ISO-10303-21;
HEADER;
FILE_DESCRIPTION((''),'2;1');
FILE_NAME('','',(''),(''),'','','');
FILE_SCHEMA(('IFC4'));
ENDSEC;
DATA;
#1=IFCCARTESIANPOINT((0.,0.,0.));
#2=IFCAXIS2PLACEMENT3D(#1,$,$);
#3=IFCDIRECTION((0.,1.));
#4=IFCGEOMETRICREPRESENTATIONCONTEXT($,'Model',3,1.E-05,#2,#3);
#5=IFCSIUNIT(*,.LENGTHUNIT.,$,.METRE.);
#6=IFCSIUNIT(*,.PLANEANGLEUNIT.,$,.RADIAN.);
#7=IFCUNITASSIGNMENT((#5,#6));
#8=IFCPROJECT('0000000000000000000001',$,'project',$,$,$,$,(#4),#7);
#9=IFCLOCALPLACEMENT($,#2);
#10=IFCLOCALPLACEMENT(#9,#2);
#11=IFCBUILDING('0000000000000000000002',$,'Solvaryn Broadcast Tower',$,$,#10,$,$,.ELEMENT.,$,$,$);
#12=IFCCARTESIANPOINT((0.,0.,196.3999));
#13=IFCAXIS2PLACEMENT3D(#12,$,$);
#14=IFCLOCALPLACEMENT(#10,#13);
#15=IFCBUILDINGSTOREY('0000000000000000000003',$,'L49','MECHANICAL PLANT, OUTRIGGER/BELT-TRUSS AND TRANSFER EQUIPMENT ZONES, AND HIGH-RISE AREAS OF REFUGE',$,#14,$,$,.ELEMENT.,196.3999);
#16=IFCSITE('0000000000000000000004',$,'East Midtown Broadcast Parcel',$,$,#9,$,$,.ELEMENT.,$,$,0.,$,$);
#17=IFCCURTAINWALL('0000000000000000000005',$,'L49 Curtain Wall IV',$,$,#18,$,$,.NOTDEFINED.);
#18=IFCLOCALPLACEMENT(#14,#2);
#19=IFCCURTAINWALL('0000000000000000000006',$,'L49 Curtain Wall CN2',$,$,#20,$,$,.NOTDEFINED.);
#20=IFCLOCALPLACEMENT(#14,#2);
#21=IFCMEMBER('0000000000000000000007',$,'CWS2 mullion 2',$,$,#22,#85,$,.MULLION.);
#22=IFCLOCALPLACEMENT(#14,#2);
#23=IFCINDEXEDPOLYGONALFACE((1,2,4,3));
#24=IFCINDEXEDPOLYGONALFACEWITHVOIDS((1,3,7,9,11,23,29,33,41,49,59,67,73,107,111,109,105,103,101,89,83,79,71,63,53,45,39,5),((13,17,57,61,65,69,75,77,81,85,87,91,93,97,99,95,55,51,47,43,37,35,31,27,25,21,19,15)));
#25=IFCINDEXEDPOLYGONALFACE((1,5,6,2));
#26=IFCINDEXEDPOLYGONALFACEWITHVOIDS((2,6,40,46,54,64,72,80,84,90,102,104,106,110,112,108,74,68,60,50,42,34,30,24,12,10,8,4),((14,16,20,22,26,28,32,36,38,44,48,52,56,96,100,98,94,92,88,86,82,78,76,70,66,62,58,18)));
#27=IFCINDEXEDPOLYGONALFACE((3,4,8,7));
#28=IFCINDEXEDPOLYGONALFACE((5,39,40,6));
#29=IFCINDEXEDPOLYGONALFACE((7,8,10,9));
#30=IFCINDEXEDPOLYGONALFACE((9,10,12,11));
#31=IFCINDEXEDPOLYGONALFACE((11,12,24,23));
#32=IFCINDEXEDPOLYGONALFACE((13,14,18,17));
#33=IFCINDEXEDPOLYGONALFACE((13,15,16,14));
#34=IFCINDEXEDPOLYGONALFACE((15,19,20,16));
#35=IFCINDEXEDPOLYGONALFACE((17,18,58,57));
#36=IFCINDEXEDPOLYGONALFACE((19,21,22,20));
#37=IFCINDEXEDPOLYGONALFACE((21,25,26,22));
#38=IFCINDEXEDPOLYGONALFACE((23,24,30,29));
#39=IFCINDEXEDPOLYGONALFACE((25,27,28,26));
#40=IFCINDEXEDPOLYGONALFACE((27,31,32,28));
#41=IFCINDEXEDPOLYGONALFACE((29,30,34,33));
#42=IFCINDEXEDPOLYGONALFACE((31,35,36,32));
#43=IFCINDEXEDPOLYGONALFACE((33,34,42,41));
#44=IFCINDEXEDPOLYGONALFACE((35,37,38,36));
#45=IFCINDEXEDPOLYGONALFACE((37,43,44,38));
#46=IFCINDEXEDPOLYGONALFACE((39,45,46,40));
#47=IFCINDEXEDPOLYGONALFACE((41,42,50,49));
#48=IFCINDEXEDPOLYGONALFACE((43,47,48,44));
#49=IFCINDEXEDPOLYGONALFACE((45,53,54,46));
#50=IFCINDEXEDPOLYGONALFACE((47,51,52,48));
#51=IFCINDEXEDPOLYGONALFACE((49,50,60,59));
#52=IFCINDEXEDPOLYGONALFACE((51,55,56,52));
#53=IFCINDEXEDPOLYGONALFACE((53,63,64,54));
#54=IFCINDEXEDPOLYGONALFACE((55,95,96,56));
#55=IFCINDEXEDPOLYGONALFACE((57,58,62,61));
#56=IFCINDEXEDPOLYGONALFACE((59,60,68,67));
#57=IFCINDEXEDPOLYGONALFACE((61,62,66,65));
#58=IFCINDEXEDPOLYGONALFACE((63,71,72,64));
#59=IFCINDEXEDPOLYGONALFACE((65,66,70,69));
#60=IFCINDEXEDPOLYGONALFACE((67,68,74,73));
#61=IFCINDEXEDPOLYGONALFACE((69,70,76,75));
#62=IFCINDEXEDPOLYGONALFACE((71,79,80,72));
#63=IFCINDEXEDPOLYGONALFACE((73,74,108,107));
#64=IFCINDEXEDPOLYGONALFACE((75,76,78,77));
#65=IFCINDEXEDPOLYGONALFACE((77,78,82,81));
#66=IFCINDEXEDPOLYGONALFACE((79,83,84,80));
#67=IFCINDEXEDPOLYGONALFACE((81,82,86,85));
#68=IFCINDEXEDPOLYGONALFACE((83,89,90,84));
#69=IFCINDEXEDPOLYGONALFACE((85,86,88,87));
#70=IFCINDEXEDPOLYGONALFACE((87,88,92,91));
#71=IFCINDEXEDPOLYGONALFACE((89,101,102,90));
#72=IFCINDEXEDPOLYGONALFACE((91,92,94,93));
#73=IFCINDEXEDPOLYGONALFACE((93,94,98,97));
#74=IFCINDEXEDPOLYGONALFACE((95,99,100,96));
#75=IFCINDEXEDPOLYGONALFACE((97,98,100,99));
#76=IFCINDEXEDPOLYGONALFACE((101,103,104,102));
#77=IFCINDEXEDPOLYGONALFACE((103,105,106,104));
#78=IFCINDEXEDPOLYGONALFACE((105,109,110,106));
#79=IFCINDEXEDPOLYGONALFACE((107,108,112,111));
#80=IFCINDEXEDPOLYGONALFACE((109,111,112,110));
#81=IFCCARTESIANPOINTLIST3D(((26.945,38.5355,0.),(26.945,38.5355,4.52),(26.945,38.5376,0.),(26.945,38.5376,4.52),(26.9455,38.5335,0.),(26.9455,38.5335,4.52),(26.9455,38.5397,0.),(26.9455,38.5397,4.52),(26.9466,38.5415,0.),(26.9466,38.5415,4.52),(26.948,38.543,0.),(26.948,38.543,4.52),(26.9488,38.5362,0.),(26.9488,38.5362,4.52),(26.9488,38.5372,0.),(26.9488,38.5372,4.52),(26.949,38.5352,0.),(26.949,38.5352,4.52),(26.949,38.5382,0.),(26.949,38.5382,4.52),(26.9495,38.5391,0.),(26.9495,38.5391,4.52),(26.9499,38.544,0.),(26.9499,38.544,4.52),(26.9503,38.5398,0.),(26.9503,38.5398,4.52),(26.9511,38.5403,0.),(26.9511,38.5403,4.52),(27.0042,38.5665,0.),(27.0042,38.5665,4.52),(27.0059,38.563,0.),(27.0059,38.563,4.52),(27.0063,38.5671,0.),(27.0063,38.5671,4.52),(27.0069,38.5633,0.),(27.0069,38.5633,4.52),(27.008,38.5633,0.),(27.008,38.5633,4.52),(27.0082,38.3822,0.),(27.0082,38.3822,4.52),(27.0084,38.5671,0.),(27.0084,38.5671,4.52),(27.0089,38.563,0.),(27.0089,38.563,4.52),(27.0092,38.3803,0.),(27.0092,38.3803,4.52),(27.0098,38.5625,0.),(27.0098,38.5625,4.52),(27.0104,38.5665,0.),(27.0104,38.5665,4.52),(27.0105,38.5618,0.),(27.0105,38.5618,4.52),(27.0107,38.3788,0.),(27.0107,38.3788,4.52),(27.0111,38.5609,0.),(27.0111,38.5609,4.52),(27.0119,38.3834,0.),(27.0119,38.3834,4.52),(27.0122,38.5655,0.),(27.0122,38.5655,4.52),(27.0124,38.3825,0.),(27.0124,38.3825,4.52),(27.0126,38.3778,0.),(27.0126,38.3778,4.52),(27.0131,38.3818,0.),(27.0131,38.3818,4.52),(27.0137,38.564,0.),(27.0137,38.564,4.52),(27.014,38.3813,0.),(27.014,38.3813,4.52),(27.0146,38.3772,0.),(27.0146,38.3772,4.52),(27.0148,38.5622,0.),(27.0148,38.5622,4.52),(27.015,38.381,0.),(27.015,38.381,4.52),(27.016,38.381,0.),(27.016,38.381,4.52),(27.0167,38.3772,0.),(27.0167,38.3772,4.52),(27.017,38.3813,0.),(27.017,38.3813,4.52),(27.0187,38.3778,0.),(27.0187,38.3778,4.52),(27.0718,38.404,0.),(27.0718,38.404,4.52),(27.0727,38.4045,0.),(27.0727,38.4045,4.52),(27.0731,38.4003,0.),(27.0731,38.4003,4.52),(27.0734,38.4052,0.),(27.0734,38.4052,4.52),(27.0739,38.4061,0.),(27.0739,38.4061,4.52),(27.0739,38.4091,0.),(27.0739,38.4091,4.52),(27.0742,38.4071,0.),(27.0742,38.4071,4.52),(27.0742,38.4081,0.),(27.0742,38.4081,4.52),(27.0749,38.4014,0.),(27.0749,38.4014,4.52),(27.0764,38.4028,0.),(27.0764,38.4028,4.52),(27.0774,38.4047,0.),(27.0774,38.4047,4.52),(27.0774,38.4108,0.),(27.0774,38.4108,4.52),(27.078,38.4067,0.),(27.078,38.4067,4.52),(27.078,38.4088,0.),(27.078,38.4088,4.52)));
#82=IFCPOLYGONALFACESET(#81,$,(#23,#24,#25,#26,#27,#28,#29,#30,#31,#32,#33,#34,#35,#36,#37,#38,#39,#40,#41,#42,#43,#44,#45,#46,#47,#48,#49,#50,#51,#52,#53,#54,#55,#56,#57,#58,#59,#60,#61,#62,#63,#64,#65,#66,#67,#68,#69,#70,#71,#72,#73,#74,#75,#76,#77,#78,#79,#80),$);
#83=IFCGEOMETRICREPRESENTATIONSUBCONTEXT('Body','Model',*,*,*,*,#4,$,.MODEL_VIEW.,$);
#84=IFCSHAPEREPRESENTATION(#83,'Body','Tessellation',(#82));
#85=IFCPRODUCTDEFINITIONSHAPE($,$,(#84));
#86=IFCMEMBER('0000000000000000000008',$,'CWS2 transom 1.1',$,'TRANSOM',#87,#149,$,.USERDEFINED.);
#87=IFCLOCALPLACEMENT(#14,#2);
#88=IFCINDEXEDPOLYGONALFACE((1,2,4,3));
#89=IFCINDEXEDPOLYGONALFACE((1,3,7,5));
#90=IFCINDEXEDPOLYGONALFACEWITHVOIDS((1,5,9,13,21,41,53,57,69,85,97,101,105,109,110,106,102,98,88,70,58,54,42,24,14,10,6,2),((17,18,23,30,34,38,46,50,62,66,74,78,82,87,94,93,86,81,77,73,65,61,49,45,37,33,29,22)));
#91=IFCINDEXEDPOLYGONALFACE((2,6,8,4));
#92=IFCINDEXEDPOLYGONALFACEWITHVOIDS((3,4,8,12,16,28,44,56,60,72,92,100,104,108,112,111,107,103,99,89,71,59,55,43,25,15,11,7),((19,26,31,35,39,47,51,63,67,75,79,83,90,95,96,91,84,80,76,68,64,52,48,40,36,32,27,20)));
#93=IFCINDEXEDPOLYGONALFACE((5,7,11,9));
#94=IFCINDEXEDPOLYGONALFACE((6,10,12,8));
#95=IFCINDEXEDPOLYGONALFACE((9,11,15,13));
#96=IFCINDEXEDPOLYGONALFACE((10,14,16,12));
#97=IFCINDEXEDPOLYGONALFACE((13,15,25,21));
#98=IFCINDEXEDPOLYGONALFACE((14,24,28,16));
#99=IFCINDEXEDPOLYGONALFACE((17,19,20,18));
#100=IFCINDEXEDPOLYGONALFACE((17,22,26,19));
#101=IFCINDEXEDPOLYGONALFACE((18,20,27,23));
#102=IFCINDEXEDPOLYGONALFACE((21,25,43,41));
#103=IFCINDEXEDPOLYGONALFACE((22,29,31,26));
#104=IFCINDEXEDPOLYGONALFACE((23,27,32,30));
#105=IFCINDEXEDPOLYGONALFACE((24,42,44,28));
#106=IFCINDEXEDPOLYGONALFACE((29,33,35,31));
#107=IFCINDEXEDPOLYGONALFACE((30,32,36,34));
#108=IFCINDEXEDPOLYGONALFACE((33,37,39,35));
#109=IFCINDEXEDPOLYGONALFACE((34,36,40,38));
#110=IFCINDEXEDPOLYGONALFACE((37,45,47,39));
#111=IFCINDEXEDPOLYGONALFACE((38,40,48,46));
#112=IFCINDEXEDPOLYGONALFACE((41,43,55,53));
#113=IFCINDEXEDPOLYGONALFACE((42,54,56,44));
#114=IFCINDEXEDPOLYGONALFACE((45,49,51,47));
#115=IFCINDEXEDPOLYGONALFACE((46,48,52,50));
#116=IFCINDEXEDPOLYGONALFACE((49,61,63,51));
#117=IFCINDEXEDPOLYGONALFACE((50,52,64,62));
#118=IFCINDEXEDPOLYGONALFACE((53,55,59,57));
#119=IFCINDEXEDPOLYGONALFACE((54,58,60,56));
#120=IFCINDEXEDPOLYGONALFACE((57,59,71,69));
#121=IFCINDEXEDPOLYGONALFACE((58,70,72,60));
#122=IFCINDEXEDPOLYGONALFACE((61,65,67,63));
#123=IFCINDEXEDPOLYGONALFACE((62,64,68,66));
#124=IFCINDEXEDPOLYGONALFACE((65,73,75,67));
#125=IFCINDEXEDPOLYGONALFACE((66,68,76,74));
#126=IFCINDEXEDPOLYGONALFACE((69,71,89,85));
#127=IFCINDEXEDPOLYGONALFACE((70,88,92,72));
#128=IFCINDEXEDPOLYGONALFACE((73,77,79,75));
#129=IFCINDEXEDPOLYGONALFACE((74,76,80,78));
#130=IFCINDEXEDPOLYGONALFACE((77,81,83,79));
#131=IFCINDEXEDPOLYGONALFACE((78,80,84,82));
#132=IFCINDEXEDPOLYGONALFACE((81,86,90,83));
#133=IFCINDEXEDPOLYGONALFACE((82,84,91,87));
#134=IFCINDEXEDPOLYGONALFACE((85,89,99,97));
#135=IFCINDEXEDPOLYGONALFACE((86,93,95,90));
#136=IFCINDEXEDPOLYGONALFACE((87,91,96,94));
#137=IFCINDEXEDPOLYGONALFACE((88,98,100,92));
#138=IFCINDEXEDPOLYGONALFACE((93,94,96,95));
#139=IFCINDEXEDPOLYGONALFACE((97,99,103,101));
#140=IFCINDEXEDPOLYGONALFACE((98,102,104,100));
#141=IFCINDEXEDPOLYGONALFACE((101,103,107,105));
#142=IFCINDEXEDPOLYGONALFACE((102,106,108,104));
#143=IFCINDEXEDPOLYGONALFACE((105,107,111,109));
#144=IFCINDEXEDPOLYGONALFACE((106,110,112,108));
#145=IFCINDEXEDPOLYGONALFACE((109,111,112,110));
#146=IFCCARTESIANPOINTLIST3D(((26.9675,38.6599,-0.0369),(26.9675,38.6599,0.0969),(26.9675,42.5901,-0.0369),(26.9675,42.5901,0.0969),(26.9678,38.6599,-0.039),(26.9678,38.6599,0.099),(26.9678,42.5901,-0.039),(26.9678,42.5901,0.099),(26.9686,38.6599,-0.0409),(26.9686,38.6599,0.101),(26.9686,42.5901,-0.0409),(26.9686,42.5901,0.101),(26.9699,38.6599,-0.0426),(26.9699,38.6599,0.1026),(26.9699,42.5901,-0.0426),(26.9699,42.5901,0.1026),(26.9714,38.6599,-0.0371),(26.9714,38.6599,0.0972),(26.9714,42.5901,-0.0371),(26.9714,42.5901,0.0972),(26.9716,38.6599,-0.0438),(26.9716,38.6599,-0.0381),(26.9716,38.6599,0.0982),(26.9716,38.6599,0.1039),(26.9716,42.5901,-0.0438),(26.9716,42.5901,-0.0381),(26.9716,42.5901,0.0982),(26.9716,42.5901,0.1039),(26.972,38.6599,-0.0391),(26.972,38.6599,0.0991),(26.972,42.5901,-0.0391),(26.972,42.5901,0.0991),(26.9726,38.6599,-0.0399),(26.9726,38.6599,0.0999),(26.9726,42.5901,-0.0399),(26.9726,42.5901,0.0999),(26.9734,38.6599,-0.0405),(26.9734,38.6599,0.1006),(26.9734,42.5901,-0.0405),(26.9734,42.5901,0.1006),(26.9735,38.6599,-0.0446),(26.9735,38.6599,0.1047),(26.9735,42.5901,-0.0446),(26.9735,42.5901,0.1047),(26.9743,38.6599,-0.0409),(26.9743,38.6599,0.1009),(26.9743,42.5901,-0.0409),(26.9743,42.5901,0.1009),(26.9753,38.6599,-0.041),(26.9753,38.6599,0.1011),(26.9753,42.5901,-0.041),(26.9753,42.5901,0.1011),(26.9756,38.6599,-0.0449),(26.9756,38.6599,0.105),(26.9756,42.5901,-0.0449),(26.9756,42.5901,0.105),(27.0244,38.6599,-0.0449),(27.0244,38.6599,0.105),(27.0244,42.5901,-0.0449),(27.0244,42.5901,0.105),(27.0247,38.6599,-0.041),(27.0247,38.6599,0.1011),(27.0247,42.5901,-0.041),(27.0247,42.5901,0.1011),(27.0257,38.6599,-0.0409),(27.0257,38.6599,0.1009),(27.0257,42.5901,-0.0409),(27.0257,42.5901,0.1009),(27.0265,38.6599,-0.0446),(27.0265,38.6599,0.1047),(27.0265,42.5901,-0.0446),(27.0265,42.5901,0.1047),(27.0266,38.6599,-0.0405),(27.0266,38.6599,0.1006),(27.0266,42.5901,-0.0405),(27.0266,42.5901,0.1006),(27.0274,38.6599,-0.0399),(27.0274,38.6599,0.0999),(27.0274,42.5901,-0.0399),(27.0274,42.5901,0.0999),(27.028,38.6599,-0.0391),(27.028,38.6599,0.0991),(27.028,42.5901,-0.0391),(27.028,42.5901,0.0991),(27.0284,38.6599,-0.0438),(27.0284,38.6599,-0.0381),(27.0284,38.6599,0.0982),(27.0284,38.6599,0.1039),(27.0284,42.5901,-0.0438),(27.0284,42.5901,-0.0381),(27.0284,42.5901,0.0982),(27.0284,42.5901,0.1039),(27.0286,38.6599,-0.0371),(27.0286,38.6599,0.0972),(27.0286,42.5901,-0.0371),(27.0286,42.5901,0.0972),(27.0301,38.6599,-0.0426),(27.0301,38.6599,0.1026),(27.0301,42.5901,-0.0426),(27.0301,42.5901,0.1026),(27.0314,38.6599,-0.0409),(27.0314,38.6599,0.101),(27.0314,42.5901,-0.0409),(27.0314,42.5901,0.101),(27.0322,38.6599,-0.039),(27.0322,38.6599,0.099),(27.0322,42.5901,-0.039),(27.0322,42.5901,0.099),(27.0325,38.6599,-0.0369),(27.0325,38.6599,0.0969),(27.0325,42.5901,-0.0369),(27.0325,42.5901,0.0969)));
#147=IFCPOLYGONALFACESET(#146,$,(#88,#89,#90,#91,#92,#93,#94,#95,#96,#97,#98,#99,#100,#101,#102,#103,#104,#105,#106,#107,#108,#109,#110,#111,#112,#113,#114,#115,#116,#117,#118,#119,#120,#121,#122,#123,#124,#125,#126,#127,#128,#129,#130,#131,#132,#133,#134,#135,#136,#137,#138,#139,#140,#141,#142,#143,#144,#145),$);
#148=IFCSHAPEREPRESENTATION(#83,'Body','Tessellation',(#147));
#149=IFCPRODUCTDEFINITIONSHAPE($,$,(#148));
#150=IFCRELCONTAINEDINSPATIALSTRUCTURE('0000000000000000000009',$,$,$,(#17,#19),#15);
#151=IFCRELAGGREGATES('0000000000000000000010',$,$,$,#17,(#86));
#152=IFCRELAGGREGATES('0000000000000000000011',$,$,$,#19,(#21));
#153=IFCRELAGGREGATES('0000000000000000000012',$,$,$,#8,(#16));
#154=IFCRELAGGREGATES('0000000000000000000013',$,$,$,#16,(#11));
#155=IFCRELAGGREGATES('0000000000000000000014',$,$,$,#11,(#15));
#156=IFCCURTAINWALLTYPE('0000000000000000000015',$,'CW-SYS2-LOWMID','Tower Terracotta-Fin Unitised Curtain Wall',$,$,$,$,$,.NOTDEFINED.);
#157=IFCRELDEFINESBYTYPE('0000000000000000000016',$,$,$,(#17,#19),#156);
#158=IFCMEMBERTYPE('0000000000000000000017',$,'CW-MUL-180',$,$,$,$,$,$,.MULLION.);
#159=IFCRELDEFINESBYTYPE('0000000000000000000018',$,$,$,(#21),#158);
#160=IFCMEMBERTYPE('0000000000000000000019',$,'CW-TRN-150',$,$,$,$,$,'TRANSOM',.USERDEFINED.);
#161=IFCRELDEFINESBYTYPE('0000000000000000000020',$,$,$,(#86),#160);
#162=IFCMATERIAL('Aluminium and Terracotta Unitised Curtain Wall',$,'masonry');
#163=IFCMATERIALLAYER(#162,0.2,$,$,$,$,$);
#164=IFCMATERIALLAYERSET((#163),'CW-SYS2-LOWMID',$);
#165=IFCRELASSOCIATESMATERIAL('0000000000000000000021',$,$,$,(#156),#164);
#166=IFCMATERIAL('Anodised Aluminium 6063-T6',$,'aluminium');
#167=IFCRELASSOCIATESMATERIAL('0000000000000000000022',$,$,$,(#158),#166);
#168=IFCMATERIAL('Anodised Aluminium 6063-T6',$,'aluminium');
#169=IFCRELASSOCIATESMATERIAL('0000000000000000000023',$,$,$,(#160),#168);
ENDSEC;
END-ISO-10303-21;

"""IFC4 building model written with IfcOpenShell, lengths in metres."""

from ifc_helpers import new_model, si_unit, direction, frame, origin, origin_2d, place, context, subcontext, project, spatial, hollow_rectangle, extrude, material, layer, layer_set, material_profile, profile_set, type_object, element, aggregate, save


model = new_model("IFC4")

# Units and contexts
model_context = context("Model", 3, precision=1e-05, world=origin(), true_north=direction((0.0, 1.0)))
body_context = subcontext(model_context, "Body", "Model", "MODEL_VIEW")
ifc_project = project(units=[si_unit("LENGTHUNIT", "METRE"), si_unit("PLANEANGLEUNIT", "RADIAN")], contexts=[model_context])

# Site, building, storey
site_placement = place(None, origin())
site = spatial("IfcSite", under=ifc_project, at=site_placement, Name="East Midtown Broadcast Parcel", CompositionType="ELEMENT", RefElevation=0.0)
building_placement = place(site_placement, origin())
building = spatial("IfcBuilding", under=site, at=building_placement, Name="Solvaryn Broadcast Tower", CompositionType="ELEMENT")
storey_placement = place(building_placement, frame((0.0, 0.0, 196.3999)))
storey = spatial("IfcBuildingStorey", under=building, at=storey_placement, Name="L49", Description="MECHANICAL PLANT, OUTRIGGER/BELT-TRUSS AND TRANSFER EQUIPMENT ZONES, AND HIGH-RISE AREAS OF REFUGE", CompositionType="ELEMENT", Elevation=196.3999)

# Curtain wall
ifc_material_1 = material(Name="Aluminium and Terracotta Unitised Curtain Wall", Category="masonry")
ifc_layer_1 = layer(ifc_material_1, 0.2)
ifc_layer_set_1 = layer_set([ifc_layer_1], Name="CW-SYS2-LOWMID")
curtain_wall_type = type_object("IfcCurtainWallType", Name="CW-SYS2-LOWMID", Description="Tower Terracotta-Fin Unitised Curtain Wall", PredefinedType="NOTDEFINED", material=ifc_layer_set_1)
curtain_wall_1_placement = place(storey_placement, origin())
curtain_wall_1 = element("IfcCurtainWall", 1, at=curtain_wall_1_placement, inside=storey, type_object=curtain_wall_type, Name="L49 Curtain Wall IV", PredefinedType="NOTDEFINED")
ifc_material_2 = material(Name="Anodised Aluminium 6063-T6", Category="aluminium")
ifc_material_profile_1 = material_profile(ifc_material_2, hollow_rectangle(XDim=0.075, YDim=0.1799, WallThickness=0.0039, InnerFilletRadius=0.0039, OuterFilletRadius=0.0081, at=origin_2d()))
ifc_profile_set_1 = profile_set([ifc_material_profile_1], Name="Anodised Aluminium 6063-T6")
member_type_1 = type_object("IfcMemberType", Name="CW-MUL-180", PredefinedType="MULLION", material=ifc_profile_set_1)

# Curtain wall, member
curtain_wall_2_placement = place(storey_placement, origin())
curtain_wall_2 = element("IfcCurtainWall", 2, at=curtain_wall_2_placement, inside=storey, type_object=curtain_wall_type, Name="L49 Curtain Wall CN2", PredefinedType="NOTDEFINED")
member_1_placement = place(storey_placement, frame((27.0115, 38.4722, 0.0), z_axis=(0.0, 0.0, 1.0), x_axis=(-0.923895, -0.382646, 0.0)))
member_1 = element("IfcMember", 3, at=member_1_placement, type_object=member_type_1, Name="CWS2 mullion 2", PredefinedType="MULLION", context=body_context, shape_type="SweptSolid", body=[
    extrude(hollow_rectangle(XDim=0.075, YDim=0.1799, WallThickness=0.0039, InnerFilletRadius=0.0039, OuterFilletRadius=0.0081, at=origin_2d()), origin(), (0.0, 0.0, 1.0), 4.52),
])

# Member
ifc_material_3 = material(Name="Anodised Aluminium 6063-T6", Category="aluminium")
ifc_material_profile_2 = material_profile(ifc_material_3, hollow_rectangle(XDim=0.0649, YDim=0.1499, WallThickness=0.0039, InnerFilletRadius=0.0039, OuterFilletRadius=0.0081, at=origin_2d()))
ifc_profile_set_2 = profile_set([ifc_material_profile_2], Name="Anodised Aluminium 6063-T6")
member_type_2 = type_object("IfcMemberType", Name="CW-TRN-150", ElementType="TRANSOM", PredefinedType="USERDEFINED", material=ifc_profile_set_2)
member_2_placement = place(storey_placement, frame((27.0, 42.5901, 0.03), z_axis=(0.0, -1.0, 0.0), x_axis=(1.0, 0.0, 0.0)))
member_2 = element("IfcMember", 4, at=member_2_placement, type_object=member_type_2, Name="CWS2 transom 1.1", ObjectType="TRANSOM", PredefinedType="USERDEFINED", context=body_context, shape_type="SweptSolid", body=[
    extrude(hollow_rectangle(XDim=0.0649, YDim=0.1499, WallThickness=0.0039, InnerFilletRadius=0.0039, OuterFilletRadius=0.0081, at=origin_2d()), origin(), (0.0, 0.0, 1.0), 3.9302),
])

aggregate(curtain_wall_1, [member_2])
aggregate(curtain_wall_2, [member_1])

save(model, "model.ifc")
